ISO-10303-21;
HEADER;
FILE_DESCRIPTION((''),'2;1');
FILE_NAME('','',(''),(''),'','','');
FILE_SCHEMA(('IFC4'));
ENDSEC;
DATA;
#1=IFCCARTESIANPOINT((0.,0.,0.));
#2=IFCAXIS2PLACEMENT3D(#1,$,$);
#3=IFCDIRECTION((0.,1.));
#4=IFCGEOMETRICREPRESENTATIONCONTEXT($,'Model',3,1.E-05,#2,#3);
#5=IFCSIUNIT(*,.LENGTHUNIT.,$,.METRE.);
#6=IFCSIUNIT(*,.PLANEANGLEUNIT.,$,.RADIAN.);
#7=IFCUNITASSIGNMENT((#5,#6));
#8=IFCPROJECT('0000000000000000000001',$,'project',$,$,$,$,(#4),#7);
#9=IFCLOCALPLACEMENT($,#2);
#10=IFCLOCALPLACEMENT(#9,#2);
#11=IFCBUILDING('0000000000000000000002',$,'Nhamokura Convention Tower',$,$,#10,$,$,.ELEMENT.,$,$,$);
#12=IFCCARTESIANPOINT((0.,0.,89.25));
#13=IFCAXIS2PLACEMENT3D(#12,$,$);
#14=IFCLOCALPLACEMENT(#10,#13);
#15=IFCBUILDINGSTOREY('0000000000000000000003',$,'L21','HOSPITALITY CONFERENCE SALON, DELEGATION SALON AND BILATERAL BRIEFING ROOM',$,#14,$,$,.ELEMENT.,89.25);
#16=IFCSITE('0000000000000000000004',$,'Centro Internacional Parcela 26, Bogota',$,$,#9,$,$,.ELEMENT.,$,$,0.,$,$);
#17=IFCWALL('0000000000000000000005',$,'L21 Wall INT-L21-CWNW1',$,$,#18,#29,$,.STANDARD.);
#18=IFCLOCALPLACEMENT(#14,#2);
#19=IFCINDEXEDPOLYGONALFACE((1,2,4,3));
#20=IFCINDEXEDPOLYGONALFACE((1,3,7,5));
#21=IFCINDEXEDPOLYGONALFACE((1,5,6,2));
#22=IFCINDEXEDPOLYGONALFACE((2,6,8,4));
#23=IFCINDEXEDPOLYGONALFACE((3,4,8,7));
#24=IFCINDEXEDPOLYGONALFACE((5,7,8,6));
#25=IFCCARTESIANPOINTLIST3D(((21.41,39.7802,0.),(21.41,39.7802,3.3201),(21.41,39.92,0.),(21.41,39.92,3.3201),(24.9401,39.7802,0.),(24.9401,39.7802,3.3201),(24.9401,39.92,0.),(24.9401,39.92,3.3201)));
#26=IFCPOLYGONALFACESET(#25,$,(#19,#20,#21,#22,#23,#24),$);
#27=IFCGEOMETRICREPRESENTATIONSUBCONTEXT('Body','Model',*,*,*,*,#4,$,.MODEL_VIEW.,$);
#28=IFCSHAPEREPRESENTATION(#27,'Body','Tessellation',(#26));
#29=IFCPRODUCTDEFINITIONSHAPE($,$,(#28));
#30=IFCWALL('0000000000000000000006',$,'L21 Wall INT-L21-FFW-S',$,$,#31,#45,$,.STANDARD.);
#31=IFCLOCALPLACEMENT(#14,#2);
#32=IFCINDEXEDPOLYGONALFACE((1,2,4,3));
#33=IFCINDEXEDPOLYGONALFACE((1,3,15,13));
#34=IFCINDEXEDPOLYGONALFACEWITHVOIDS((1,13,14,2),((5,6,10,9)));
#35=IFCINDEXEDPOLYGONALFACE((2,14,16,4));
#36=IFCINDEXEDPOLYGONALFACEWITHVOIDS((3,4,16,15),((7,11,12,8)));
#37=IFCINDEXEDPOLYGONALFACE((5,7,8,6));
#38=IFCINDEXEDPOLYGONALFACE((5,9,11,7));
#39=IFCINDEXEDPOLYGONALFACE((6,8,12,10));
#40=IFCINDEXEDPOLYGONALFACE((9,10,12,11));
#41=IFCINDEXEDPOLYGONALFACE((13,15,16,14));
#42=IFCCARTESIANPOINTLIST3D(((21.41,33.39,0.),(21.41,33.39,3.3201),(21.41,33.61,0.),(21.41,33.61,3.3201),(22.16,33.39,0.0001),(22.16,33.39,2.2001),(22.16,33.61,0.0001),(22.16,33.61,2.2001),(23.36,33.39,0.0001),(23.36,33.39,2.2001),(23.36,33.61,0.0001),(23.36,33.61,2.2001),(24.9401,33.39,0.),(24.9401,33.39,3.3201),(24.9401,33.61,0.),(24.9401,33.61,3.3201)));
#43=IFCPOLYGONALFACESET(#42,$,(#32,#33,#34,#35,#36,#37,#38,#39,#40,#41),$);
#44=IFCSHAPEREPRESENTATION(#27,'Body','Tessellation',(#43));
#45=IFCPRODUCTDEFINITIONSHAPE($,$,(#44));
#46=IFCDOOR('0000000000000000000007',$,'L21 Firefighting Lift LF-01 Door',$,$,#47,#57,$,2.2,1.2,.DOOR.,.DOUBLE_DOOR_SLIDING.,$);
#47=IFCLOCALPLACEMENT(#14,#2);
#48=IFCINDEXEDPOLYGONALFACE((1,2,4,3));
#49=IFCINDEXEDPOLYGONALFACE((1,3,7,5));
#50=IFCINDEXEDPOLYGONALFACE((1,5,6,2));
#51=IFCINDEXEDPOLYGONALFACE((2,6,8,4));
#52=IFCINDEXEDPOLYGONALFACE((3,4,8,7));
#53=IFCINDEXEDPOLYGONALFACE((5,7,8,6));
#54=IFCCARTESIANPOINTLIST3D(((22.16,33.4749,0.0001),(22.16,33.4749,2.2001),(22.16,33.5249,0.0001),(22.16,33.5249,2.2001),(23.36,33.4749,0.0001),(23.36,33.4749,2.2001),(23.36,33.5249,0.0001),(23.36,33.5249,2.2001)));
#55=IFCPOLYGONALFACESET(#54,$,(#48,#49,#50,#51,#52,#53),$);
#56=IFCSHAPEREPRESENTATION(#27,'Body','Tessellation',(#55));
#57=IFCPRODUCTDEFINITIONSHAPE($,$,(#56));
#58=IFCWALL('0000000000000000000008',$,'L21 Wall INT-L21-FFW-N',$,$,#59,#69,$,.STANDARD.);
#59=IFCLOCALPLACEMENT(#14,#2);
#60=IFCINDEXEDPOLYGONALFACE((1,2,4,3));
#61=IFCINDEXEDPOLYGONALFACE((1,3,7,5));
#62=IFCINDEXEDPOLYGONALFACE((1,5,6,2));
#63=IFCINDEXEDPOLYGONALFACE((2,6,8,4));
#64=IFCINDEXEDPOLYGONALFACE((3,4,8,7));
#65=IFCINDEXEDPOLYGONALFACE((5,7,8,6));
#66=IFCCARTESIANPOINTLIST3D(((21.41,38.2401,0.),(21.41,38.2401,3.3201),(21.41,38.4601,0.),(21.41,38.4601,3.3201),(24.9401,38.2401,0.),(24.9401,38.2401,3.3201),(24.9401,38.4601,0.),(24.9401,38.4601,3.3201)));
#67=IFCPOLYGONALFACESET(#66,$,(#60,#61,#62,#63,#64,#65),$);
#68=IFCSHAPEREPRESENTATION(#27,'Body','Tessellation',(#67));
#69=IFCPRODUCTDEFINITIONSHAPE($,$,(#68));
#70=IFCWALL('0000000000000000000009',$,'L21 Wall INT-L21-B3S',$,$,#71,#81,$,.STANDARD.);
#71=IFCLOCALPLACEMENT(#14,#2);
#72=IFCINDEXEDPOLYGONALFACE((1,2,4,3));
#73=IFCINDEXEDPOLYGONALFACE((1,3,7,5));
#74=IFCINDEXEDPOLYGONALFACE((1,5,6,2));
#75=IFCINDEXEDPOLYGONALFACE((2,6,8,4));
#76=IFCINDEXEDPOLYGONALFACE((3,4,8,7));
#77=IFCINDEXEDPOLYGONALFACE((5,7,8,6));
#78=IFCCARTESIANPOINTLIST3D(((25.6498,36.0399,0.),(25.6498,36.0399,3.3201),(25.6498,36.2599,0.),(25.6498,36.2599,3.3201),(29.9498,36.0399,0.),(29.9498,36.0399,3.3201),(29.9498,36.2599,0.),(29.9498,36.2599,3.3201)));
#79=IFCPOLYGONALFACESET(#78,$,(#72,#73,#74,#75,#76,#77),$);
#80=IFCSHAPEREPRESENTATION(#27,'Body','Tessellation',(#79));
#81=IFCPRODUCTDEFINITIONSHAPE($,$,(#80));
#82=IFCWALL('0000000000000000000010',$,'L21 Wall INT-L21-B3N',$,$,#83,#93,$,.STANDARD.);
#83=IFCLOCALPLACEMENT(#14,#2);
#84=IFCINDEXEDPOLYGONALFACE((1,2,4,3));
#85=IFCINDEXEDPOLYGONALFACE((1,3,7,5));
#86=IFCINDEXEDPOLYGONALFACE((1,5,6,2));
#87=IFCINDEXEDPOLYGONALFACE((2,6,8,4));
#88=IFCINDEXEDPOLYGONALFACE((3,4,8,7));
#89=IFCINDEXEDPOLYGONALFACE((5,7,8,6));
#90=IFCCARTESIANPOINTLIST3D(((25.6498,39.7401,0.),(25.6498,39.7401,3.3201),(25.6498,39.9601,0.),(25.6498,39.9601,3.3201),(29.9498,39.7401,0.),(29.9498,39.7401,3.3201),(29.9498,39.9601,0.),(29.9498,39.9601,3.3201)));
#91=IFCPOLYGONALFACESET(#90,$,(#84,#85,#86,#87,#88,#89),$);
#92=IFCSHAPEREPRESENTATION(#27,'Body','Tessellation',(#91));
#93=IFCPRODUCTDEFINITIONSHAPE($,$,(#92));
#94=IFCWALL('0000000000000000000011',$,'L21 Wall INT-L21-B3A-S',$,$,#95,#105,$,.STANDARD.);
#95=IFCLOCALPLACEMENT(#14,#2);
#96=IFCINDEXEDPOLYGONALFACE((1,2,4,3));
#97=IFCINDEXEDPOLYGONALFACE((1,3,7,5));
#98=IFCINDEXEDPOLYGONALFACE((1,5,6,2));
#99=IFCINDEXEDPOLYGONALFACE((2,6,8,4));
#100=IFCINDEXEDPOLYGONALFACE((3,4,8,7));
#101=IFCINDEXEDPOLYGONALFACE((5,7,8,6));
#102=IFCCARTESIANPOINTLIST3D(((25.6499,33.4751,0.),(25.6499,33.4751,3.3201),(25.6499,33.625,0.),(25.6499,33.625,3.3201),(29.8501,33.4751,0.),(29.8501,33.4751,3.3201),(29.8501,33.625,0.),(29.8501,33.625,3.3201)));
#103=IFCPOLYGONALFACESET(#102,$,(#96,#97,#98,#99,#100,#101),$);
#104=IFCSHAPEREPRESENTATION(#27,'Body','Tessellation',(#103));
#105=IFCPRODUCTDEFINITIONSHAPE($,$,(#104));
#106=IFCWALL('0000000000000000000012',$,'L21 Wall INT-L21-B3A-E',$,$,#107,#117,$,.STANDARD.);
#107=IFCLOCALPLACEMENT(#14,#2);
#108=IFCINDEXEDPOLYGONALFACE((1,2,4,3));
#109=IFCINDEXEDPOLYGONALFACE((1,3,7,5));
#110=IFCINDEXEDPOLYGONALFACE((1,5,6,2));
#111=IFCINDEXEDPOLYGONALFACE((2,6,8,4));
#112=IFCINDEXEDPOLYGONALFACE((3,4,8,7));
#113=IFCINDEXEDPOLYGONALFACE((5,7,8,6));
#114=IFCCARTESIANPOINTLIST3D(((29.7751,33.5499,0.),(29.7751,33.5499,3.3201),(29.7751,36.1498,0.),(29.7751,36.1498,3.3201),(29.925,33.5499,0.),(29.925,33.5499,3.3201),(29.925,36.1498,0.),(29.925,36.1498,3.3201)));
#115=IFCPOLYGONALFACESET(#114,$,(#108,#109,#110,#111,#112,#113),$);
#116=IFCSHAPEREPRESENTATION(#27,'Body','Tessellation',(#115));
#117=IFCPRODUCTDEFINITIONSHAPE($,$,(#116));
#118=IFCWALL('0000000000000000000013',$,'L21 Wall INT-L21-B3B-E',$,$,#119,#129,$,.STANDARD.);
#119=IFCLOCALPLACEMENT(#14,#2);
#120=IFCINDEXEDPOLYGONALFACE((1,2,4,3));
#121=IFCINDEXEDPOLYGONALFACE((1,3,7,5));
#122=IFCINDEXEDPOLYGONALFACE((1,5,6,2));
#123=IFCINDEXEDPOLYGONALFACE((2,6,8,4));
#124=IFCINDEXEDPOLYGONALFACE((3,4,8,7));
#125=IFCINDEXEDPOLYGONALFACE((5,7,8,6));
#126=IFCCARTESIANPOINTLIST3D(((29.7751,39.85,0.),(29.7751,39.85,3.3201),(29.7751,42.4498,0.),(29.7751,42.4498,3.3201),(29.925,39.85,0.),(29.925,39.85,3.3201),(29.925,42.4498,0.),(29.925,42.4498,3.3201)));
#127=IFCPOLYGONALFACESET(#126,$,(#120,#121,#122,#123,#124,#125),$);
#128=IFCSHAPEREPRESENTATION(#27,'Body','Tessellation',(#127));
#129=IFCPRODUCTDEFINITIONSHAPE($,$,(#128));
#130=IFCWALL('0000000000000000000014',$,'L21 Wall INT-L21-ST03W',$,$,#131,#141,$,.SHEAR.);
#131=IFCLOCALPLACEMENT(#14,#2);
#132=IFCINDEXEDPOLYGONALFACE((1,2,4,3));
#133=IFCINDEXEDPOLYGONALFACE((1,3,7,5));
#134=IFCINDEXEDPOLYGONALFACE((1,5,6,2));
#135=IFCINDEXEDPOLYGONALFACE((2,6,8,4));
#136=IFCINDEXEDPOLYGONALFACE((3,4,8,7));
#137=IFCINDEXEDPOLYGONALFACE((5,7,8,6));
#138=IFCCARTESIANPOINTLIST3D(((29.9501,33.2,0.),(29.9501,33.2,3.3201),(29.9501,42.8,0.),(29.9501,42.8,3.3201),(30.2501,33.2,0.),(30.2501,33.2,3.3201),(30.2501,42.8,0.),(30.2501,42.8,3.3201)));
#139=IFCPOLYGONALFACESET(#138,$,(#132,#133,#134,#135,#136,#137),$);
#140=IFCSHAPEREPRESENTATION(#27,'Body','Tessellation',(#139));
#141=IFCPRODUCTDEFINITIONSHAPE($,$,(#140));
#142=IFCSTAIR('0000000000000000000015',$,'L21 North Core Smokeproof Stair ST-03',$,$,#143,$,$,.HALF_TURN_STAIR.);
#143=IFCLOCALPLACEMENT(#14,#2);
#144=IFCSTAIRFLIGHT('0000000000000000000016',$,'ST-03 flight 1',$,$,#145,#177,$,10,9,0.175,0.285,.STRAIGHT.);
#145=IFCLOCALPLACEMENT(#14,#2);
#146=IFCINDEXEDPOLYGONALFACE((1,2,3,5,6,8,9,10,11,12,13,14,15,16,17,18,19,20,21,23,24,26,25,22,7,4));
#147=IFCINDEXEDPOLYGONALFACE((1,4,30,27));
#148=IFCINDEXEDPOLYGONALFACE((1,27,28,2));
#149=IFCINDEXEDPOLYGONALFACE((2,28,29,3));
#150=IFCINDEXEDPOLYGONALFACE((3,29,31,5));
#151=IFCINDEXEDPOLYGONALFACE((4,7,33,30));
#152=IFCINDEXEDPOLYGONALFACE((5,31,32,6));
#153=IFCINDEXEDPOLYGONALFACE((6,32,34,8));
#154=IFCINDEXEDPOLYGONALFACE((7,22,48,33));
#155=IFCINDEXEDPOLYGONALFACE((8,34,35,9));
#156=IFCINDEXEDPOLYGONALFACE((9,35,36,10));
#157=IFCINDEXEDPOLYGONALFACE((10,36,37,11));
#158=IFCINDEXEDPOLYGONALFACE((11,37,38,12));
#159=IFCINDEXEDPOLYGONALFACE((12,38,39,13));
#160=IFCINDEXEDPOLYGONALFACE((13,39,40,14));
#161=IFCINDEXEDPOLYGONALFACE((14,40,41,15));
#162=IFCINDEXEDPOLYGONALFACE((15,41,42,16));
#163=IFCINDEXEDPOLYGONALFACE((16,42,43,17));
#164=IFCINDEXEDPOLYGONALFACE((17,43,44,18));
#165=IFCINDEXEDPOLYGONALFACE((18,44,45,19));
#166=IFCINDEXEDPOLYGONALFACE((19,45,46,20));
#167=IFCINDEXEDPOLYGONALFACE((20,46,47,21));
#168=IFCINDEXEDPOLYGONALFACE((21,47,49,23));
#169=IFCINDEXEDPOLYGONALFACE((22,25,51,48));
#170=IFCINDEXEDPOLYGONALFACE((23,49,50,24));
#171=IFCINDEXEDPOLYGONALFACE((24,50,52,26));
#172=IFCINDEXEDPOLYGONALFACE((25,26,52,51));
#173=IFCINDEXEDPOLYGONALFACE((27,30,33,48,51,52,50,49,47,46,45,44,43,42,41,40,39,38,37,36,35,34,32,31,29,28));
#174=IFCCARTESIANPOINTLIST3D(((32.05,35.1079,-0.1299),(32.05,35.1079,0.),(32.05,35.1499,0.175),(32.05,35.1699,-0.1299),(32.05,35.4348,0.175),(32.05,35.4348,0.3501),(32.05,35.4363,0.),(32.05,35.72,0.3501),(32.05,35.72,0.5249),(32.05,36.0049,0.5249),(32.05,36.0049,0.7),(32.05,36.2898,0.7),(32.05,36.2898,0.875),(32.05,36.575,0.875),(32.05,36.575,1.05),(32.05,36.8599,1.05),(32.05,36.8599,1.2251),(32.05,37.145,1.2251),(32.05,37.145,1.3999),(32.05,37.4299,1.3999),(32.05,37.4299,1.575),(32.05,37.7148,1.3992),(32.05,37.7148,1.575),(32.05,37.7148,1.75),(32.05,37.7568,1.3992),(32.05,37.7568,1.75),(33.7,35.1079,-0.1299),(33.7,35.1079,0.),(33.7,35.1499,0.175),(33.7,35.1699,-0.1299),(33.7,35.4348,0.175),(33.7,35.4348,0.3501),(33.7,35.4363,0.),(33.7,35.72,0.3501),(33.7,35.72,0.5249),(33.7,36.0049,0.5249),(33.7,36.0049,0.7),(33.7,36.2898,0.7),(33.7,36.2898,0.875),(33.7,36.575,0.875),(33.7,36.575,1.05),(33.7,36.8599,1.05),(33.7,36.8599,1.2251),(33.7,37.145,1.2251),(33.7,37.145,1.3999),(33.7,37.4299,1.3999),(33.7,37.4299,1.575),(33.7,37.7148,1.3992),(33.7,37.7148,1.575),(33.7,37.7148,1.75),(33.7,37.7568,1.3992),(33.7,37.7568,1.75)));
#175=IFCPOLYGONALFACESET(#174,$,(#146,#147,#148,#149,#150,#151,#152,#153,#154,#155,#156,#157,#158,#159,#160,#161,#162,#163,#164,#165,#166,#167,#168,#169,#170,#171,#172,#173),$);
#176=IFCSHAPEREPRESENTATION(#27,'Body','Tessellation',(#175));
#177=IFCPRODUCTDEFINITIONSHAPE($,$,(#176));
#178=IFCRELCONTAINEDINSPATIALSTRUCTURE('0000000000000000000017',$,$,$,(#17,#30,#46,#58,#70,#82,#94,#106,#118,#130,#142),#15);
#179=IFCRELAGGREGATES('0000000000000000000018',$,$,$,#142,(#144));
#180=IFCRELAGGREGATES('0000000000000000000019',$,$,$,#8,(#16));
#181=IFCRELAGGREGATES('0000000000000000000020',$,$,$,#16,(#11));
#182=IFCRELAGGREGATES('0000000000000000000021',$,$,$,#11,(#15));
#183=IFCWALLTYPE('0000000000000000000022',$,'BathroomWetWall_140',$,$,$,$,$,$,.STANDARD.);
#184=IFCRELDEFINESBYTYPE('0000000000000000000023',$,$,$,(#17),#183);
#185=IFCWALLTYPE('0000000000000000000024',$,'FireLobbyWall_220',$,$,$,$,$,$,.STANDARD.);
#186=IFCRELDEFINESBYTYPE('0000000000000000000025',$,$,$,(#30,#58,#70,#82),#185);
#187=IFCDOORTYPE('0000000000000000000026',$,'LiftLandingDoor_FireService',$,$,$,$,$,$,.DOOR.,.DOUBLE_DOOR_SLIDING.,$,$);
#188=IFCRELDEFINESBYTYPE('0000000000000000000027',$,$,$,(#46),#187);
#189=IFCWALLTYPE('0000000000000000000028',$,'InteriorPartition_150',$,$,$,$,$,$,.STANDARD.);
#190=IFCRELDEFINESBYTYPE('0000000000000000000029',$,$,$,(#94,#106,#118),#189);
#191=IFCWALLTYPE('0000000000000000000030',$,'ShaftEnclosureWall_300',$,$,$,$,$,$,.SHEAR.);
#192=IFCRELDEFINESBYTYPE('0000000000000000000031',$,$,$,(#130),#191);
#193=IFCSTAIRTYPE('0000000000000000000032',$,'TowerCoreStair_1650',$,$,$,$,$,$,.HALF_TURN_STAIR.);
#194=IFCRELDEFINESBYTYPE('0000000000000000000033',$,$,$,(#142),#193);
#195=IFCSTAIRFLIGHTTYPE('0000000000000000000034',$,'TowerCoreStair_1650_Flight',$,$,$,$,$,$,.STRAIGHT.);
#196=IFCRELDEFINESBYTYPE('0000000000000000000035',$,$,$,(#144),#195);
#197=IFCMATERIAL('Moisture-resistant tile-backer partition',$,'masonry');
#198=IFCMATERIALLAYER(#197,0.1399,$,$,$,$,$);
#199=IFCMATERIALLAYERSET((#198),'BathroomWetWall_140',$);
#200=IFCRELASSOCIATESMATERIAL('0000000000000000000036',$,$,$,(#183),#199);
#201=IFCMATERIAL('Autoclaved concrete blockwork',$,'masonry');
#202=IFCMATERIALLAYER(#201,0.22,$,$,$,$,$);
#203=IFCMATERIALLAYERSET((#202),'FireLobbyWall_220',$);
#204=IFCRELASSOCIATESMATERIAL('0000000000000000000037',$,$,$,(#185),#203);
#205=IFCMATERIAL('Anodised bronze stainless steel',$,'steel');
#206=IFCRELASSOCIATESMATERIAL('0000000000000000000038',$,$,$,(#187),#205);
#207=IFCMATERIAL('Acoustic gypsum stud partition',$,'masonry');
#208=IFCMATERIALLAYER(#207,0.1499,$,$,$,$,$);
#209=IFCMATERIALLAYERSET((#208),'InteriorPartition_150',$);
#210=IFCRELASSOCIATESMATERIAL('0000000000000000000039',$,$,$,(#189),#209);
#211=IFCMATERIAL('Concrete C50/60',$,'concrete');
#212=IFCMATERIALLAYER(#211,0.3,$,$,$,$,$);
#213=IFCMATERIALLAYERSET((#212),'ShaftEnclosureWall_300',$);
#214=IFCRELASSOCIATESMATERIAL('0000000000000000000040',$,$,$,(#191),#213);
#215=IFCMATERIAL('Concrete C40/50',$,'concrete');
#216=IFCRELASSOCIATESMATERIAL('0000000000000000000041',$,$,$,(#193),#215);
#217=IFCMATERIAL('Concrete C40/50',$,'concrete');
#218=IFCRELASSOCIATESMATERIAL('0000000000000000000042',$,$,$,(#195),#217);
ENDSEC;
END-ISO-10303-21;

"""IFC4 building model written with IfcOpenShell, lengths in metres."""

from ifc_helpers import new_model, si_unit, direction, frame, frame_2d, origin, place, context, subcontext, project, spatial, polyline, rectangle, outline, extrude, material, layer, layer_set, type_object, element, fill, aggregate, save


model = new_model("IFC4")

# Units and contexts
model_context = context("Model", 3, precision=1e-05, world=origin(), true_north=direction((0.0, 1.0)))
body_context = subcontext(model_context, "Body", "Model", "MODEL_VIEW")
ifc_project = project(units=[si_unit("LENGTHUNIT", "METRE"), si_unit("PLANEANGLEUNIT", "RADIAN")], contexts=[model_context])

# Site, building, storey
site_placement = place(None, origin())
site = spatial("IfcSite", under=ifc_project, at=site_placement, Name="Centro Internacional Parcela 26, Bogota", CompositionType="ELEMENT", RefElevation=0.0)
building_placement = place(site_placement, origin())
building = spatial("IfcBuilding", under=site, at=building_placement, Name="Nhamokura Convention Tower", CompositionType="ELEMENT")
storey_placement = place(building_placement, frame((0.0, 0.0, 89.25)))
storey = spatial("IfcBuildingStorey", under=building, at=storey_placement, Name="L21", Description="HOSPITALITY CONFERENCE SALON, DELEGATION SALON AND BILATERAL BRIEFING ROOM", CompositionType="ELEMENT", Elevation=89.25)

# Wall
ifc_material_1 = material(Name="Moisture-resistant tile-backer partition", Category="masonry")
ifc_layer_1 = layer(ifc_material_1, 0.1399)
ifc_layer_set_1 = layer_set([ifc_layer_1], Name="BathroomWetWall_140")
wall_type_1 = type_object("IfcWallType", Name="BathroomWetWall_140", PredefinedType="STANDARD", material=ifc_layer_set_1)
wall_1_placement = place(storey_placement, frame((21.4099, 39.8501, 0.0), z_axis=(0.0, 0.0, 1.0), x_axis=(1.0, 0.0, 0.0)))
element("IfcWall", 1, at=wall_1_placement, inside=storey, type_object=wall_type_1, Name="L21 Wall INT-L21-CWNW1", PredefinedType="STANDARD", context=body_context, shape_type="SweptSolid", body=[
    extrude(rectangle(XDim=3.53, YDim=0.1399, at=frame_2d((1.7651, 0.0))), origin(), (0.0, 0.0, 1.0), 3.3201),
])

# Wall, opening, door
ifc_material_2 = material(Name="Autoclaved concrete blockwork", Category="masonry")
ifc_layer_2 = layer(ifc_material_2, 0.22)
ifc_layer_set_2 = layer_set([ifc_layer_2], Name="FireLobbyWall_220")
wall_type_2 = type_object("IfcWallType", Name="FireLobbyWall_220", PredefinedType="STANDARD", material=ifc_layer_set_2)
wall_2_placement = place(storey_placement, frame((21.4099, 33.5, 0.0), z_axis=(0.0, 0.0, 1.0), x_axis=(1.0, 0.0, 0.0)))
wall_2 = element("IfcWall", 2, at=wall_2_placement, inside=storey, type_object=wall_type_2, Name="L21 Wall INT-L21-FFW-S", PredefinedType="STANDARD", context=body_context, shape_type="SweptSolid", body=[
    extrude(rectangle(XDim=3.53, YDim=0.22, at=frame_2d((1.7651, 0.0))), origin(), (0.0, 0.0, 1.0), 3.3201),
])
opening_1_placement = place(wall_2_placement, frame((0.75, 0.0, 0.0)))
opening_1 = element("IfcOpeningElement", 3, at=opening_1_placement, cuts=wall_2, PredefinedType="OPENING", context=body_context, shape_type="SweptSolid", body=[
    extrude(rectangle(XDim=1.2, YDim=2.2, at=frame_2d((0.6001, 1.1001))), frame((0.0, 0.1199, 0.0), z_axis=(0.0, -1.0, 0.0), x_axis=(1.0, 0.0, 0.0)), (0.0, 0.0, 1.0), 0.24),
])
ifc_material_3 = material(Name="Anodised bronze stainless steel", Category="steel")
door_type_1 = type_object("IfcDoorType", Name="LiftLandingDoor_FireService", OperationType="DOUBLE_DOOR_SLIDING", PredefinedType="DOOR", material=ifc_material_3)
door_1_placement = place(opening_1_placement, origin())
door_1 = element("IfcDoor", 4, at=door_1_placement, inside=storey, type_object=door_type_1, Name="L21 Firefighting Lift LF-01 Door", OperationType="DOUBLE_DOOR_SLIDING", OverallHeight=2.2, OverallWidth=1.2, PredefinedType="DOOR", context=body_context, shape_type="SweptSolid", body=[
    extrude(rectangle(XDim=1.2, YDim=2.2, at=frame_2d((0.6001, 1.1001))), frame((0.0, 0.0249, 0.0), z_axis=(0.0, -1.0, 0.0), x_axis=(1.0, 0.0, 0.0)), (0.0, 0.0, 1.0), 0.05),
])
fill(opening_1, door_1)

# Walls
wall_3_placement = place(storey_placement, frame((21.4099, 38.3501, 0.0), z_axis=(0.0, 0.0, 1.0), x_axis=(1.0, 0.0, 0.0)))
element("IfcWall", 5, at=wall_3_placement, inside=storey, type_object=wall_type_2, Name="L21 Wall INT-L21-FFW-N", PredefinedType="STANDARD", context=body_context, shape_type="SweptSolid", body=[
    extrude(rectangle(XDim=3.53, YDim=0.22, at=frame_2d((1.7651, 0.0))), origin(), (0.0, 0.0, 1.0), 3.3201),
])
for number, where, z_axis, x_axis, name in (
    (6, (25.6499, 36.1499, 0.0), (0.0, 0.0, 1.0), (1.0, 0.0, 0.0), "L21 Wall INT-L21-B3S"),
    (7, (25.6499, 39.8501, 0.0), (0.0, 0.0, 1.0), (1.0, 0.0, 0.0), "L21 Wall INT-L21-B3N"),
):
    element("IfcWall", number, at=place(storey_placement, frame(where, z_axis=z_axis, x_axis=x_axis)), inside=storey, type_object=wall_type_2, Name=name, PredefinedType="STANDARD", context=body_context, shape_type="SweptSolid", body=[
        extrude(rectangle(XDim=4.3, YDim=0.22, at=frame_2d((2.1499, 0.0))), origin(), (0.0, 0.0, 1.0), 3.3201),
    ])
ifc_material_4 = material(Name="Acoustic gypsum stud partition", Category="masonry")
ifc_layer_3 = layer(ifc_material_4, 0.1499)
ifc_layer_set_3 = layer_set([ifc_layer_3], Name="InteriorPartition_150")
wall_type_3 = type_object("IfcWallType", Name="InteriorPartition_150", PredefinedType="STANDARD", material=ifc_layer_set_3)
wall_4_placement = place(storey_placement, frame((25.6499, 33.55, 0.0), z_axis=(0.0, 0.0, 1.0), x_axis=(1.0, 0.0, 0.0)))
element("IfcWall", 8, at=wall_4_placement, inside=storey, type_object=wall_type_3, Name="L21 Wall INT-L21-B3A-S", PredefinedType="STANDARD", context=body_context, shape_type="SweptSolid", body=[
    extrude(rectangle(XDim=4.2002, YDim=0.1499, at=frame_2d((2.1001, 0.0))), origin(), (0.0, 0.0, 1.0), 3.3201),
])
for number, where, z_axis, x_axis, name in (
    (9, (29.8501, 33.55, 0.0), (0.0, 0.0, 1.0), (0.0, 1.0, 0.0), "L21 Wall INT-L21-B3A-E"),
    (10, (29.8501, 39.8501, 0.0), (0.0, 0.0, 1.0), (0.0, 1.0, 0.0), "L21 Wall INT-L21-B3B-E"),
):
    element("IfcWall", number, at=place(storey_placement, frame(where, z_axis=z_axis, x_axis=x_axis)), inside=storey, type_object=wall_type_3, Name=name, PredefinedType="STANDARD", context=body_context, shape_type="SweptSolid", body=[
        extrude(rectangle(XDim=2.5999, YDim=0.1499, at=frame_2d((1.2998, 0.0))), origin(), (0.0, 0.0, 1.0), 3.3201),
    ])
ifc_material_5 = material(Name="Concrete C50/60", Category="concrete")
ifc_layer_4 = layer(ifc_material_5, 0.3)
ifc_layer_set_4 = layer_set([ifc_layer_4], Name="ShaftEnclosureWall_300")
wall_type_4 = type_object("IfcWallType", Name="ShaftEnclosureWall_300", PredefinedType="SHEAR", material=ifc_layer_set_4)
wall_5_placement = place(storey_placement, frame((30.1001, 33.2, 0.0), z_axis=(0.0, 0.0, 1.0), x_axis=(0.0, 1.0, 0.0)))
element("IfcWall", 11, at=wall_5_placement, inside=storey, type_object=wall_type_4, Name="L21 Wall INT-L21-ST03W", PredefinedType="SHEAR", context=body_context, shape_type="SweptSolid", body=[
    extrude(rectangle(XDim=9.6001, YDim=0.3, at=frame_2d((4.8, 0.0))), origin(), (0.0, 0.0, 1.0), 3.3201),
])

# Stair, stair flight
ifc_material_6 = material(Name="Concrete C40/50", Category="concrete")
stair_type = type_object("IfcStairType", Name="TowerCoreStair_1650", PredefinedType="HALF_TURN_STAIR", material=ifc_material_6)
stair_placement = place(storey_placement, origin())
stair = element("IfcStair", 12, at=stair_placement, inside=storey, type_object=stair_type, Name="L21 North Core Smokeproof Stair ST-03", PredefinedType="HALF_TURN_STAIR")
ifc_material_7 = material(Name="Concrete C40/50", Category="concrete")
stair_flight_type = type_object("IfcStairFlightType", Name="TowerCoreStair_1650_Flight", PredefinedType="STRAIGHT", material=ifc_material_7)
stair_flight_1_placement = place(storey_placement, frame((32.875, 35.1499, 0.0), z_axis=(0.0, 0.0, 1.0), x_axis=(0.0, 1.0, 0.0)))
stair_flight_1 = element("IfcStairFlight", 13, at=stair_flight_1_placement, type_object=stair_flight_type, Name="ST-03 flight 1", NumberOfRisers=10, NumberOfTreads=9, PredefinedType="STRAIGHT", RiserHeight=0.175, TreadLength=0.285, context=body_context, shape_type="SweptSolid", body=[
    extrude(outline(polyline([(-0.042, 0.0), (0.0, 0.175), (0.2849, 0.175), (0.2849, 0.3501), (0.5701, 0.3501), (0.5701, 0.5249), (0.855, 0.5249), (0.855, 0.7), (1.1399, 0.7), (1.1399, 0.875), (1.425, 0.875), (1.425, 1.05), (1.71, 1.05), (1.71, 1.2251), (1.9951, 1.2251), (1.9951, 1.3999), (2.28, 1.3999), (2.28, 1.575), (2.5649, 1.575), (2.5649, 1.75), (2.6069, 1.75), (2.6069, 1.3992), (2.5649, 1.3992), (0.2864, 0.0), (0.02, -0.1299), (-0.042, -0.1299), (-0.042, 0.0)])), frame((0.0, 0.825, 0.0), z_axis=(0.0, -1.0, 0.0), x_axis=(1.0, 0.0, 0.0)), (0.0, 0.0, 1.0), 1.6499),
])
aggregate(stair, [stair_flight_1])

save(model, "model.ifc")
